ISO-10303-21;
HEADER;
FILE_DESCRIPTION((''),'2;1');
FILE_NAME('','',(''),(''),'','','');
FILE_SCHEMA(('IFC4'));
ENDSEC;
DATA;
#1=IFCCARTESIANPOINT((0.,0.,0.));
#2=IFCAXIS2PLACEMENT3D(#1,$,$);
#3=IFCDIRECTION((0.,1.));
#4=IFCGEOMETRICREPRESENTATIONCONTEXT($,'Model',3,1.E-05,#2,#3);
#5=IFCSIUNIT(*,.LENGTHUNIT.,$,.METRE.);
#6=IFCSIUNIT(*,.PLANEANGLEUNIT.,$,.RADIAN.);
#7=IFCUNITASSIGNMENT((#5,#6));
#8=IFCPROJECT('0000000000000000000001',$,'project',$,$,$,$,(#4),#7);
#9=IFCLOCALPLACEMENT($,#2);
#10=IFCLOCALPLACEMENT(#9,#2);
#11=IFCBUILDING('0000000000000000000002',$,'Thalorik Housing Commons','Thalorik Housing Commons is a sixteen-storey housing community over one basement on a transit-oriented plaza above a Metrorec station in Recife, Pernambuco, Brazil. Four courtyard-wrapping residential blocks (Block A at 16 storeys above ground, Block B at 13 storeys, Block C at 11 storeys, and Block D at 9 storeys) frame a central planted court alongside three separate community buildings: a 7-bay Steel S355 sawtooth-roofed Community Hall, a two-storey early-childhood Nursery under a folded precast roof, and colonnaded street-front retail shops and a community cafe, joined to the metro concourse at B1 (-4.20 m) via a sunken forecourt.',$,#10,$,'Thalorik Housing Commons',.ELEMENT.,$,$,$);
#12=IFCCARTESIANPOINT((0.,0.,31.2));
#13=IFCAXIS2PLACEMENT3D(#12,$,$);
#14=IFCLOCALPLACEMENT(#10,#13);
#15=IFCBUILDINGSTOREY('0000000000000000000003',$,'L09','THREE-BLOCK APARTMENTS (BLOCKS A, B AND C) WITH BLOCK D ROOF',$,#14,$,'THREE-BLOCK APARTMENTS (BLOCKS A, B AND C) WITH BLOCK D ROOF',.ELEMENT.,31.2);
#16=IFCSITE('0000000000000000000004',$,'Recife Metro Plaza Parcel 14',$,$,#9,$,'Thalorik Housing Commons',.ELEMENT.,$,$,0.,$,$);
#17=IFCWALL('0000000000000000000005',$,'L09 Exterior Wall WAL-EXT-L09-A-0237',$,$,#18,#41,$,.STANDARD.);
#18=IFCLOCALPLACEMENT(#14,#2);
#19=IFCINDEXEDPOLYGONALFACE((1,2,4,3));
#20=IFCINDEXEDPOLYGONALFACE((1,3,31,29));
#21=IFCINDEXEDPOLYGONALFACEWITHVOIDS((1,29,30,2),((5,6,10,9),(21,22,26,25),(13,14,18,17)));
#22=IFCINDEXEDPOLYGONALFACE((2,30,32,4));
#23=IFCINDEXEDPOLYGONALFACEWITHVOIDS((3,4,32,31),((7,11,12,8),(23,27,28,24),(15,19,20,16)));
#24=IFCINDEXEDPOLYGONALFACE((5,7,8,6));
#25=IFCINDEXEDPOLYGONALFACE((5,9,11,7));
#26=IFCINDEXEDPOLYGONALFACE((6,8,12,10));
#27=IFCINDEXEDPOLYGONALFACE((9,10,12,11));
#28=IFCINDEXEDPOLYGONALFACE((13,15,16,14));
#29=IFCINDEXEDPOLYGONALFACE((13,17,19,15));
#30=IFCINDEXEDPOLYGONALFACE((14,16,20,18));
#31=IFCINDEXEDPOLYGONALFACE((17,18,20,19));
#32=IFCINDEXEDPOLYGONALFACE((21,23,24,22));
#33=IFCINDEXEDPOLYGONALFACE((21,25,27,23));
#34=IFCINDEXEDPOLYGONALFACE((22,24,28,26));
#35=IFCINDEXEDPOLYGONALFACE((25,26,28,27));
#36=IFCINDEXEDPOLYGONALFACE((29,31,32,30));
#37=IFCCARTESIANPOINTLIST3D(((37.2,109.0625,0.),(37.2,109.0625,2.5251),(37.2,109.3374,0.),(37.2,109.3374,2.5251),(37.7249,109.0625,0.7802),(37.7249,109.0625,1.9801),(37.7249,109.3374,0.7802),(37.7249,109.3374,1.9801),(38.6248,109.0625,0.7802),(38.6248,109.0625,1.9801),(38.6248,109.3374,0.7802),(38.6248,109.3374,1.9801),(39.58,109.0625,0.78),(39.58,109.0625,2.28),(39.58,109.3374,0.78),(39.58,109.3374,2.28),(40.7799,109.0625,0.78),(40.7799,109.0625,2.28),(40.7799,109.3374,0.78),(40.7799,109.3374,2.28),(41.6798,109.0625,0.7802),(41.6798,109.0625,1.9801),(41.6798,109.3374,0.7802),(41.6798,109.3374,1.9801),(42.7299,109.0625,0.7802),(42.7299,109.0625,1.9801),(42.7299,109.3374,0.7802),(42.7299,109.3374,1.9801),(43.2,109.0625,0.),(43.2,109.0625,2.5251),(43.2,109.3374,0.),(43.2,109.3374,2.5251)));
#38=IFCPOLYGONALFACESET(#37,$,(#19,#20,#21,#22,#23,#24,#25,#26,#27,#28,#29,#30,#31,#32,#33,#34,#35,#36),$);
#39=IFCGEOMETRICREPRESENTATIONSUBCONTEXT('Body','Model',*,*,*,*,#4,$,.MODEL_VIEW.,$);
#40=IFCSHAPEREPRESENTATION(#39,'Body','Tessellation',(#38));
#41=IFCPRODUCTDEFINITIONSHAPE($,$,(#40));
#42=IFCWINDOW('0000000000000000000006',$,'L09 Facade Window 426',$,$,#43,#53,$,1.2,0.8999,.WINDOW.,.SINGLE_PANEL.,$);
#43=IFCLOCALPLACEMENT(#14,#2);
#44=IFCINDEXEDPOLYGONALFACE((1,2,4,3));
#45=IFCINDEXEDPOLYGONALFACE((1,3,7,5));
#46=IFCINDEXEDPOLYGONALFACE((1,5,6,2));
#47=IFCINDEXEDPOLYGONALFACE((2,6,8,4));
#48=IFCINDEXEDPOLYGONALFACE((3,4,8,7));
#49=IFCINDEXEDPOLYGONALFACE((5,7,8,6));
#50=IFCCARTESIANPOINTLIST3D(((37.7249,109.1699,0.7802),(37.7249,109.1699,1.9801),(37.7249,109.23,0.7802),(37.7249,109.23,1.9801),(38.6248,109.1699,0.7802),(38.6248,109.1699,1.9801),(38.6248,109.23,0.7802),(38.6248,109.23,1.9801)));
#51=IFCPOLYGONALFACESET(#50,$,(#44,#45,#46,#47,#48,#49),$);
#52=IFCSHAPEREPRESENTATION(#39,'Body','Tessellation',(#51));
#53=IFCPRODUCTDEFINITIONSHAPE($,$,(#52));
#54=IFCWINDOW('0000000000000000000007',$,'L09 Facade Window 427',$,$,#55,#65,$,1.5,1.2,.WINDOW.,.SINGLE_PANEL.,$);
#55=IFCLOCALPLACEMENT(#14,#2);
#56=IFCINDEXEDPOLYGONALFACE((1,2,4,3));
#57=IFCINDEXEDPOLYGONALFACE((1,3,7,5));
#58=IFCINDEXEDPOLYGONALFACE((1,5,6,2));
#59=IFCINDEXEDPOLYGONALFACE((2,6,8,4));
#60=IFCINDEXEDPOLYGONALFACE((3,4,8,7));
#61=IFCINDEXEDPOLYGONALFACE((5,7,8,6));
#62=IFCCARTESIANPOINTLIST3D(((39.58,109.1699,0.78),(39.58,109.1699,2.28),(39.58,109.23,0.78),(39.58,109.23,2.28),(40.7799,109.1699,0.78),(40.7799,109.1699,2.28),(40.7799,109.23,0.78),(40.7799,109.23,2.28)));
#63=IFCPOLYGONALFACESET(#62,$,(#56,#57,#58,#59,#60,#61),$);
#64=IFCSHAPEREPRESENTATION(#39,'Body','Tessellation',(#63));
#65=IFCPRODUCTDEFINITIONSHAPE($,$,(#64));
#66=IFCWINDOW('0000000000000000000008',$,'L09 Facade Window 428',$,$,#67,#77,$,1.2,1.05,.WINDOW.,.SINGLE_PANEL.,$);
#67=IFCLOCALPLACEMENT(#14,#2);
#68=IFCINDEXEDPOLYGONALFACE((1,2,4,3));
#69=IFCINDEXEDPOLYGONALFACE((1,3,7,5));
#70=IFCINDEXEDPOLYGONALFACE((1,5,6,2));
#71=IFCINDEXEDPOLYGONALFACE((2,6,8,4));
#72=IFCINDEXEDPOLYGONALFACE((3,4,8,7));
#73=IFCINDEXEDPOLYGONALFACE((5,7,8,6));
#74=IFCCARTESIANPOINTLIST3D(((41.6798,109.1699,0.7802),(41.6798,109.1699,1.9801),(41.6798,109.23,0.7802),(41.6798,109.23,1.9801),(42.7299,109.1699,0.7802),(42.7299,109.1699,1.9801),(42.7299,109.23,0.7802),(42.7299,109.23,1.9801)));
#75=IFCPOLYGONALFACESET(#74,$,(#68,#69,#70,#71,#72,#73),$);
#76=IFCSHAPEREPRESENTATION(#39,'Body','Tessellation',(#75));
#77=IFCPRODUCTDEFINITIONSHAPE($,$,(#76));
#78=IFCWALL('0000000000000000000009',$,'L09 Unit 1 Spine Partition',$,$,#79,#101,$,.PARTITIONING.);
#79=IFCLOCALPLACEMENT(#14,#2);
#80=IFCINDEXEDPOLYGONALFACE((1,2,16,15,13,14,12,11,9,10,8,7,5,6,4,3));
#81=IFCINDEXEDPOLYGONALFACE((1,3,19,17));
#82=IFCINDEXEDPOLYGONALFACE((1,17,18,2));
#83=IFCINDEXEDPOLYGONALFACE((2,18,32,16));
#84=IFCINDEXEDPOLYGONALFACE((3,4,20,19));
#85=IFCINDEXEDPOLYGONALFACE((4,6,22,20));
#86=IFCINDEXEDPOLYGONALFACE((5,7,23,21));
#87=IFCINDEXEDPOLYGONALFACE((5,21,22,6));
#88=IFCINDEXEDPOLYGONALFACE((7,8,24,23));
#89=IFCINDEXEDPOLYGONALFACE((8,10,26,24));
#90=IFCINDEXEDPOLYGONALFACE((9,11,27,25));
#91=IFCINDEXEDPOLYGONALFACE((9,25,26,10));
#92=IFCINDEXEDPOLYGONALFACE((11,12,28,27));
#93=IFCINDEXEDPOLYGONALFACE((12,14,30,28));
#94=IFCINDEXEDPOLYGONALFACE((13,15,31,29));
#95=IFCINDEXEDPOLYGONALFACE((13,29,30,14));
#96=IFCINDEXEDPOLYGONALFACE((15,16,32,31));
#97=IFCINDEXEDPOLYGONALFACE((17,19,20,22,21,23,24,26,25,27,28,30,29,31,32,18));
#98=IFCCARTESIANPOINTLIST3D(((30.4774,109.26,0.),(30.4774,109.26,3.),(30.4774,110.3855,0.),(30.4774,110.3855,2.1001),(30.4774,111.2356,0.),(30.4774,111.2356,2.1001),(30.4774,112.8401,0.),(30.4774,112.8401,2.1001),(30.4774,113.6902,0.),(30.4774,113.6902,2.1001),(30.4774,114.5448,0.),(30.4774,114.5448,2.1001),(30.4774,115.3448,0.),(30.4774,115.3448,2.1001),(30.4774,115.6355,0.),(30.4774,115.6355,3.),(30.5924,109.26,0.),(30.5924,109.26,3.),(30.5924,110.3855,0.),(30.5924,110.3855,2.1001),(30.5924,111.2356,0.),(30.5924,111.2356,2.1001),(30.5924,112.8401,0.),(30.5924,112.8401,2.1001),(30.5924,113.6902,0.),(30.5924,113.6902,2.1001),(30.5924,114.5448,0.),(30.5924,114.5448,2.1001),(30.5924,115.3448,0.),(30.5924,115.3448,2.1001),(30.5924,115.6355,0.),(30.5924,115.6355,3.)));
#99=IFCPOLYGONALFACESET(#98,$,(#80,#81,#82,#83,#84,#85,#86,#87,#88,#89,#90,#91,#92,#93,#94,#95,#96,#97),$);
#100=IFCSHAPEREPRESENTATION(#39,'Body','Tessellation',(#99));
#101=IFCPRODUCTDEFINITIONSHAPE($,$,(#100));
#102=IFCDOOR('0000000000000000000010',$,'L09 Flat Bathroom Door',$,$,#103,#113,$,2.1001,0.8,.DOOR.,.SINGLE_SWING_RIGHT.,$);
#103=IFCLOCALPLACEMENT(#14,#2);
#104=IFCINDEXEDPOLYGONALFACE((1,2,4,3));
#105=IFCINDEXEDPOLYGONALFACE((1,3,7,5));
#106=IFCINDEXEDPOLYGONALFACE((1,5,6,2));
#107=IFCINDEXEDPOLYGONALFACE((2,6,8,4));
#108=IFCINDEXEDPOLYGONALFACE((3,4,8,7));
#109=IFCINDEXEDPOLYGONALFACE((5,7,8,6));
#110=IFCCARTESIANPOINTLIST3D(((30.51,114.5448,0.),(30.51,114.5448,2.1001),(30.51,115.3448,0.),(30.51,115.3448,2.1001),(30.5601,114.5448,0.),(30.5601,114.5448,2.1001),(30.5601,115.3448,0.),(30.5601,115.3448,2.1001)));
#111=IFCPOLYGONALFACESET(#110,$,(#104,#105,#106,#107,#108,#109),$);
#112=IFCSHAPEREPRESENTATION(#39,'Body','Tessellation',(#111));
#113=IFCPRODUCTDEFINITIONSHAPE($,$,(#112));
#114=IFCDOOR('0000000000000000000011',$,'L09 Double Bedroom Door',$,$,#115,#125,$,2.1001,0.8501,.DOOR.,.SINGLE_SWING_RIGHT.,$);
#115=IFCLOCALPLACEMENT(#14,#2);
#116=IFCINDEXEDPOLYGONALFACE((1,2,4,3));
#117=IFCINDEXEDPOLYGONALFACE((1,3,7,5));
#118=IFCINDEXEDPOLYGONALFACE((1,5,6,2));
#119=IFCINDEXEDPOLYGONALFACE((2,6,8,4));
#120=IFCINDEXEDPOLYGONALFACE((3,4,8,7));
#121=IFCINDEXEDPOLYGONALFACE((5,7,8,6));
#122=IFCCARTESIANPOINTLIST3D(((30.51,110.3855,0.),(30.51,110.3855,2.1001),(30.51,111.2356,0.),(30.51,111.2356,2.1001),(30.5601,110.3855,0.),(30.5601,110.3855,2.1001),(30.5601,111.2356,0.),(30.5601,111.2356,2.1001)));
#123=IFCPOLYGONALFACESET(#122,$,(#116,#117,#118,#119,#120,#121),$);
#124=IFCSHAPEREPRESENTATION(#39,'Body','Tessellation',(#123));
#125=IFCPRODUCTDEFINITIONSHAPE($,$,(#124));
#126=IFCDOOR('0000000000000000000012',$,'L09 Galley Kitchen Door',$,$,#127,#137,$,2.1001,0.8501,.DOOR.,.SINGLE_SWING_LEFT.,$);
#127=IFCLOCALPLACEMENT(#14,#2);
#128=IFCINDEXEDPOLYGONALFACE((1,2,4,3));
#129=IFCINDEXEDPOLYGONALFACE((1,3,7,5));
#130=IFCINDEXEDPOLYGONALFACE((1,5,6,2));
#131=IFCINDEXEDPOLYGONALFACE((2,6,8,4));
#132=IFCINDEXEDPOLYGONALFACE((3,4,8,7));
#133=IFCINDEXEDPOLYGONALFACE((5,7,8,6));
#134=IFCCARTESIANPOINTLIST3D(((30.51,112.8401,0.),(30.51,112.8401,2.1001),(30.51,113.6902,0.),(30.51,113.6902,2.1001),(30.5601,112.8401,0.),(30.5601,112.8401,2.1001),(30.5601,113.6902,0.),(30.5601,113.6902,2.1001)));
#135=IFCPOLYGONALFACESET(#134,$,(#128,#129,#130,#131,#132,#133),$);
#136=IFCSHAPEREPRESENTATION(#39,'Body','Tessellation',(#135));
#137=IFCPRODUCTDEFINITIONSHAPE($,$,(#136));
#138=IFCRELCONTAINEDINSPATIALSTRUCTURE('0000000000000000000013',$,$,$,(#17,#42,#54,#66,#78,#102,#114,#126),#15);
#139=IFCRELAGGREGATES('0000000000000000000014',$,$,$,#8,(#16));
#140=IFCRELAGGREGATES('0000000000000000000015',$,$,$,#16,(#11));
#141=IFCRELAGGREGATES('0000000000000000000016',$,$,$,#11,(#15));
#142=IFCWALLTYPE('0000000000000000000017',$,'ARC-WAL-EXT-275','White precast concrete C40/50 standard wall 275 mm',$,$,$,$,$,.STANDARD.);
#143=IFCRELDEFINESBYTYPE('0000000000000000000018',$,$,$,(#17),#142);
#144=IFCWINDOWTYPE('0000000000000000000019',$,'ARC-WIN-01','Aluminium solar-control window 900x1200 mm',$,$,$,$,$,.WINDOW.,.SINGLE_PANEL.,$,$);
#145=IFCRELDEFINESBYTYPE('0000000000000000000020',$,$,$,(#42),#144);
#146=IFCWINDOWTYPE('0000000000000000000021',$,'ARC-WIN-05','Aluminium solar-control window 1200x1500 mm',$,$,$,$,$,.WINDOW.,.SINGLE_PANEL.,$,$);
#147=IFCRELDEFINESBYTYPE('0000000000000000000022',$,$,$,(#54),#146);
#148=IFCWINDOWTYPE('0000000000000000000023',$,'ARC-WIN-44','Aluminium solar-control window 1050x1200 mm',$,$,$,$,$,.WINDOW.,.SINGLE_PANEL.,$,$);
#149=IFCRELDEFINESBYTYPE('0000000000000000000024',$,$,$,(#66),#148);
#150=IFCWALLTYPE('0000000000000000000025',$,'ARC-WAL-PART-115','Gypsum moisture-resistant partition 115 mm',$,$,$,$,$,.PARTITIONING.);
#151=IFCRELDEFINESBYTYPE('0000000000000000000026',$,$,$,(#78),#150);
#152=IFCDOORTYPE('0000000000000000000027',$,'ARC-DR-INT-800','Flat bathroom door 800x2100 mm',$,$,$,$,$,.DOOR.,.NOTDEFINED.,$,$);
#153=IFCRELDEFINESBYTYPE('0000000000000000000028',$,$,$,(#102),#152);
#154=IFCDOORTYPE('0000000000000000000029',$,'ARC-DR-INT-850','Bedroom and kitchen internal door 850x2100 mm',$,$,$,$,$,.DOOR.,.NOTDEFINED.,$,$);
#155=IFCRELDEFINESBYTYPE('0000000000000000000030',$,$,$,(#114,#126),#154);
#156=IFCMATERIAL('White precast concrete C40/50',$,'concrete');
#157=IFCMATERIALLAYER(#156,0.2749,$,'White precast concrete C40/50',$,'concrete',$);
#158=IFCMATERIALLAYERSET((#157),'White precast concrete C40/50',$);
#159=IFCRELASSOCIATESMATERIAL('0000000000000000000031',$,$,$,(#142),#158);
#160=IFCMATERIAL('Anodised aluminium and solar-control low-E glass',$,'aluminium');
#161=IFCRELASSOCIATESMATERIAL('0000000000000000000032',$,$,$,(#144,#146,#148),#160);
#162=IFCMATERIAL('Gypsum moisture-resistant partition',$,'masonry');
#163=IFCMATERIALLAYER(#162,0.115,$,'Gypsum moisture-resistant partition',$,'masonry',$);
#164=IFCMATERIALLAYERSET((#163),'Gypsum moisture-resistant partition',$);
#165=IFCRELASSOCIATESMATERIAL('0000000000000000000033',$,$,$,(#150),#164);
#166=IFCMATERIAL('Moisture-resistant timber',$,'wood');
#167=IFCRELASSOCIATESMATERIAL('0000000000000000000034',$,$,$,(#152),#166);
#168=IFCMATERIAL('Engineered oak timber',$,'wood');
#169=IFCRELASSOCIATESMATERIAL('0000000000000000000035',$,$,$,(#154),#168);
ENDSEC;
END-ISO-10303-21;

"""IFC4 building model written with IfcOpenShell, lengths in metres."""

from ifc_helpers import new_model, si_unit, direction, frame, frame_2d, origin, place, context, subcontext, project, spatial, rectangle, extrude, material, layer, layer_set, type_object, element, fill, save


model = new_model("IFC4")

# Units and contexts
model_context = context("Model", 3, precision=1e-05, world=origin(), true_north=direction((0.0, 1.0)))
body_context = subcontext(model_context, "Body", "Model", "MODEL_VIEW")
ifc_project = project(units=[si_unit("LENGTHUNIT", "METRE"), si_unit("PLANEANGLEUNIT", "RADIAN")], contexts=[model_context])

# Site, building, storey
site_placement = place(None, origin())
site = spatial("IfcSite", under=ifc_project, at=site_placement, Name="Recife Metro Plaza Parcel 14", LongName="Thalorik Housing Commons", CompositionType="ELEMENT", RefElevation=0.0)
building_placement = place(site_placement, origin())
building = spatial("IfcBuilding", under=site, at=building_placement, Name="Thalorik Housing Commons", Description="Thalorik Housing Commons is a sixteen-storey housing community over one basement on a transit-oriented plaza above a Metrorec station in Recife, Pernambuco, Brazil. Four courtyard-wrapping residential blocks (Block A at 16 storeys above ground, Block B at 13 storeys, Block C at 11 storeys, and Block D at 9 storeys) frame a central planted court alongside three separate community buildings: a 7-bay Steel S355 sawtooth-roofed Community Hall, a two-storey early-childhood Nursery under a folded precast roof, and colonnaded street-front retail shops and a community cafe, joined to the metro concourse at B1 (-4.20 m) via a sunken forecourt.", LongName="Thalorik Housing Commons", CompositionType="ELEMENT")
storey_placement = place(building_placement, frame((0.0, 0.0, 31.2)))
storey = spatial("IfcBuildingStorey", under=building, at=storey_placement, Name="L09", Description="THREE-BLOCK APARTMENTS (BLOCKS A, B AND C) WITH BLOCK D ROOF", LongName="THREE-BLOCK APARTMENTS (BLOCKS A, B AND C) WITH BLOCK D ROOF", CompositionType="ELEMENT", Elevation=31.2)

# Shared definitions
ifc_material_1 = material(Name="Anodised aluminium and solar-control low-E glass", Category="aluminium")

# Shared definitions
ifc_material_2 = material(Name="White precast concrete C40/50", Category="concrete")
ifc_layer_1 = layer(ifc_material_2, 0.2749, Name="White precast concrete C40/50", Category="concrete")
ifc_layer_set_1 = layer_set([ifc_layer_1], Name="White precast concrete C40/50")
wall_type_1 = type_object("IfcWallType", Name="ARC-WAL-EXT-275", Description="White precast concrete C40/50 standard wall 275 mm", PredefinedType="STANDARD", material=ifc_layer_set_1)

# Wall, openings, windows
wall_1_placement = place(storey_placement, frame((37.2, 109.2, 0.0), z_axis=(0.0, 0.0, 1.0), x_axis=(1.0, 0.0, 0.0)))
wall_1 = element("IfcWall", 1, at=wall_1_placement, inside=storey, type_object=wall_type_1, Name="L09 Exterior Wall WAL-EXT-L09-A-0237", PredefinedType="STANDARD", context=body_context, shape_type="SweptSolid", body=[
    extrude(rectangle(XDim=6.0, YDim=0.2749, at=frame_2d((3.0, 0.0))), origin(), (0.0, 0.0, 1.0), 2.5251),
])
opening_1_placement = place(wall_1_placement, frame((0.5249, 0.0, 0.78)))
opening_1 = element("IfcOpeningElement", 2, at=opening_1_placement, cuts=wall_1, PredefinedType="OPENING", context=body_context, shape_type="SweptSolid", body=[
    extrude(rectangle(XDim=0.8999, YDim=1.2, at=frame_2d((0.45, 0.6001))), frame((0.0, 0.1475, 0.0), z_axis=(0.0, -1.0, 0.0), x_axis=(1.0, 0.0, 0.0)), (0.0, 0.0, 1.0), 0.2949),
])
opening_2_placement = place(wall_1_placement, frame((2.3799, 0.0, 0.78)))
opening_2 = element("IfcOpeningElement", 3, at=opening_2_placement, cuts=wall_1, PredefinedType="OPENING", context=body_context, shape_type="SweptSolid", body=[
    extrude(rectangle(XDim=1.2, YDim=1.5, at=frame_2d((0.6001, 0.75))), frame((0.0, 0.1475, 0.0), z_axis=(0.0, -1.0, 0.0), x_axis=(1.0, 0.0, 0.0)), (0.0, 0.0, 1.0), 0.2949),
])
opening_3_placement = place(wall_1_placement, frame((4.48, 0.0, 0.78)))
opening_3 = element("IfcOpeningElement", 4, at=opening_3_placement, cuts=wall_1, PredefinedType="OPENING", context=body_context, shape_type="SweptSolid", body=[
    extrude(rectangle(XDim=1.05, YDim=1.2, at=frame_2d((0.5249, 0.6001))), frame((0.0, 0.1475, 0.0), z_axis=(0.0, -1.0, 0.0), x_axis=(1.0, 0.0, 0.0)), (0.0, 0.0, 1.0), 0.2949),
])
window_type_1 = type_object("IfcWindowType", Name="ARC-WIN-01", Description="Aluminium solar-control window 900x1200 mm", PartitioningType="SINGLE_PANEL", PredefinedType="WINDOW", material=ifc_material_1)
window_1_placement = place(opening_1_placement, origin())
window_1 = element("IfcWindow", 5, at=window_1_placement, inside=storey, type_object=window_type_1, Name="L09 Facade Window 426", OverallHeight=1.2, OverallWidth=0.8999, PartitioningType="SINGLE_PANEL", PredefinedType="WINDOW", context=body_context, shape_type="SweptSolid", body=[
    extrude(rectangle(XDim=0.8999, YDim=1.2, at=frame_2d((0.45, 0.6001))), frame((0.0, 0.03, 0.0), z_axis=(0.0, -1.0, 0.0), x_axis=(1.0, 0.0, 0.0)), (0.0, 0.0, 1.0), 0.0601),
])
fill(opening_1, window_1)
window_type_2 = type_object("IfcWindowType", Name="ARC-WIN-05", Description="Aluminium solar-control window 1200x1500 mm", PartitioningType="SINGLE_PANEL", PredefinedType="WINDOW", material=ifc_material_1)
window_2_placement = place(opening_2_placement, origin())
window_2 = element("IfcWindow", 6, at=window_2_placement, inside=storey, type_object=window_type_2, Name="L09 Facade Window 427", OverallHeight=1.5, OverallWidth=1.2, PartitioningType="SINGLE_PANEL", PredefinedType="WINDOW", context=body_context, shape_type="SweptSolid", body=[
    extrude(rectangle(XDim=1.2, YDim=1.5, at=frame_2d((0.6001, 0.75))), frame((0.0, 0.03, 0.0), z_axis=(0.0, -1.0, 0.0), x_axis=(1.0, 0.0, 0.0)), (0.0, 0.0, 1.0), 0.0601),
])
fill(opening_2, window_2)
window_type_3 = type_object("IfcWindowType", Name="ARC-WIN-44", Description="Aluminium solar-control window 1050x1200 mm", PartitioningType="SINGLE_PANEL", PredefinedType="WINDOW", material=ifc_material_1)
window_3_placement = place(opening_3_placement, origin())
window_3 = element("IfcWindow", 7, at=window_3_placement, inside=storey, type_object=window_type_3, Name="L09 Facade Window 428", OverallHeight=1.2, OverallWidth=1.05, PartitioningType="SINGLE_PANEL", PredefinedType="WINDOW", context=body_context, shape_type="SweptSolid", body=[
    extrude(rectangle(XDim=1.05, YDim=1.2, at=frame_2d((0.5249, 0.6001))), frame((0.0, 0.03, 0.0), z_axis=(0.0, -1.0, 0.0), x_axis=(1.0, 0.0, 0.0)), (0.0, 0.0, 1.0), 0.0601),
])
fill(opening_3, window_3)

# Wall, openings, doors
ifc_material_3 = material(Name="Gypsum moisture-resistant partition", Category="masonry")
ifc_layer_2 = layer(ifc_material_3, 0.115, Name="Gypsum moisture-resistant partition", Category="masonry")
ifc_layer_set_2 = layer_set([ifc_layer_2], Name="Gypsum moisture-resistant partition")
wall_type_2 = type_object("IfcWallType", Name="ARC-WAL-PART-115", Description="Gypsum moisture-resistant partition 115 mm", PredefinedType="PARTITIONING", material=ifc_layer_set_2)
wall_2_placement = place(storey_placement, frame((30.5349, 109.26, 0.0), z_axis=(0.0, 0.0, 1.0), x_axis=(0.0, 1.0, 0.0)))
wall_2 = element("IfcWall", 8, at=wall_2_placement, inside=storey, type_object=wall_type_2, Name="L09 Unit 1 Spine Partition", PredefinedType="PARTITIONING", context=body_context, shape_type="SweptSolid", body=[
    extrude(rectangle(XDim=6.3755, YDim=0.115, at=frame_2d((3.1877, 0.0))), origin(), (0.0, 0.0, 1.0), 3.0),
])
opening_4_placement = place(wall_2_placement, frame((1.1255, 0.0, 0.0)))
opening_4 = element("IfcOpeningElement", 9, at=opening_4_placement, cuts=wall_2, PredefinedType="OPENING", context=body_context, shape_type="SweptSolid", body=[
    extrude(rectangle(XDim=0.8501, YDim=2.1001, at=frame_2d((0.425, 1.05))), frame((0.0, 0.0674, 0.0), z_axis=(0.0, -1.0, 0.0), x_axis=(1.0, 0.0, 0.0)), (0.0, 0.0, 1.0), 0.135),
])
opening_5_placement = place(wall_2_placement, frame((3.5801, 0.0, 0.0)))
opening_5 = element("IfcOpeningElement", 10, at=opening_5_placement, cuts=wall_2, PredefinedType="OPENING", context=body_context, shape_type="SweptSolid", body=[
    extrude(rectangle(XDim=0.8501, YDim=2.1001, at=frame_2d((0.425, 1.05))), frame((0.0, 0.0674, 0.0), z_axis=(0.0, -1.0, 0.0), x_axis=(1.0, 0.0, 0.0)), (0.0, 0.0, 1.0), 0.135),
])
opening_6_placement = place(wall_2_placement, frame((5.2849, 0.0, 0.0)))
opening_6 = element("IfcOpeningElement", 11, at=opening_6_placement, cuts=wall_2, PredefinedType="OPENING", context=body_context, shape_type="SweptSolid", body=[
    extrude(rectangle(XDim=0.8, YDim=2.1001, at=frame_2d((0.3999, 1.05))), frame((0.0, 0.0674, 0.0), z_axis=(0.0, -1.0, 0.0), x_axis=(1.0, 0.0, 0.0)), (0.0, 0.0, 1.0), 0.135),
])
ifc_material_4 = material(Name="Moisture-resistant timber", Category="wood")
door_type_1 = type_object("IfcDoorType", Name="ARC-DR-INT-800", Description="Flat bathroom door 800x2100 mm", OperationType="NOTDEFINED", PredefinedType="DOOR", material=ifc_material_4)
door_1_placement = place(opening_6_placement, origin())
door_1 = element("IfcDoor", 12, at=door_1_placement, inside=storey, type_object=door_type_1, Name="L09 Flat Bathroom Door", OperationType="SINGLE_SWING_RIGHT", OverallHeight=2.1001, OverallWidth=0.8, PredefinedType="DOOR", context=body_context, shape_type="SweptSolid", body=[
    extrude(rectangle(XDim=0.8, YDim=2.1001, at=frame_2d((0.3999, 1.05))), frame((0.0, 0.0249, 0.0), z_axis=(0.0, -1.0, 0.0), x_axis=(1.0, 0.0, 0.0)), (0.0, 0.0, 1.0), 0.05),
])
fill(opening_6, door_1)
ifc_material_5 = material(Name="Engineered oak timber", Category="wood")
door_type_2 = type_object("IfcDoorType", Name="ARC-DR-INT-850", Description="Bedroom and kitchen internal door 850x2100 mm", OperationType="NOTDEFINED", PredefinedType="DOOR", material=ifc_material_5)
door_2_placement = place(opening_4_placement, origin())
door_2 = element("IfcDoor", 13, at=door_2_placement, inside=storey, type_object=door_type_2, Name="L09 Double Bedroom Door", OperationType="SINGLE_SWING_RIGHT", OverallHeight=2.1001, OverallWidth=0.8501, PredefinedType="DOOR", context=body_context, shape_type="SweptSolid", body=[
    extrude(rectangle(XDim=0.8501, YDim=2.1001, at=frame_2d((0.425, 1.05))), frame((0.0, 0.0249, 0.0), z_axis=(0.0, -1.0, 0.0), x_axis=(1.0, 0.0, 0.0)), (0.0, 0.0, 1.0), 0.05),
])
fill(opening_4, door_2)
door_3_placement = place(opening_5_placement, origin())
door_3 = element("IfcDoor", 14, at=door_3_placement, inside=storey, type_object=door_type_2, Name="L09 Galley Kitchen Door", OperationType="SINGLE_SWING_LEFT", OverallHeight=2.1001, OverallWidth=0.8501, PredefinedType="DOOR", context=body_context, shape_type="SweptSolid", body=[
    extrude(rectangle(XDim=0.8501, YDim=2.1001, at=frame_2d((0.425, 1.05))), frame((0.0, 0.0249, 0.0), z_axis=(0.0, -1.0, 0.0), x_axis=(1.0, 0.0, 0.0)), (0.0, 0.0, 1.0), 0.05),
])
fill(opening_5, door_3)

save(model, "model.ifc")
